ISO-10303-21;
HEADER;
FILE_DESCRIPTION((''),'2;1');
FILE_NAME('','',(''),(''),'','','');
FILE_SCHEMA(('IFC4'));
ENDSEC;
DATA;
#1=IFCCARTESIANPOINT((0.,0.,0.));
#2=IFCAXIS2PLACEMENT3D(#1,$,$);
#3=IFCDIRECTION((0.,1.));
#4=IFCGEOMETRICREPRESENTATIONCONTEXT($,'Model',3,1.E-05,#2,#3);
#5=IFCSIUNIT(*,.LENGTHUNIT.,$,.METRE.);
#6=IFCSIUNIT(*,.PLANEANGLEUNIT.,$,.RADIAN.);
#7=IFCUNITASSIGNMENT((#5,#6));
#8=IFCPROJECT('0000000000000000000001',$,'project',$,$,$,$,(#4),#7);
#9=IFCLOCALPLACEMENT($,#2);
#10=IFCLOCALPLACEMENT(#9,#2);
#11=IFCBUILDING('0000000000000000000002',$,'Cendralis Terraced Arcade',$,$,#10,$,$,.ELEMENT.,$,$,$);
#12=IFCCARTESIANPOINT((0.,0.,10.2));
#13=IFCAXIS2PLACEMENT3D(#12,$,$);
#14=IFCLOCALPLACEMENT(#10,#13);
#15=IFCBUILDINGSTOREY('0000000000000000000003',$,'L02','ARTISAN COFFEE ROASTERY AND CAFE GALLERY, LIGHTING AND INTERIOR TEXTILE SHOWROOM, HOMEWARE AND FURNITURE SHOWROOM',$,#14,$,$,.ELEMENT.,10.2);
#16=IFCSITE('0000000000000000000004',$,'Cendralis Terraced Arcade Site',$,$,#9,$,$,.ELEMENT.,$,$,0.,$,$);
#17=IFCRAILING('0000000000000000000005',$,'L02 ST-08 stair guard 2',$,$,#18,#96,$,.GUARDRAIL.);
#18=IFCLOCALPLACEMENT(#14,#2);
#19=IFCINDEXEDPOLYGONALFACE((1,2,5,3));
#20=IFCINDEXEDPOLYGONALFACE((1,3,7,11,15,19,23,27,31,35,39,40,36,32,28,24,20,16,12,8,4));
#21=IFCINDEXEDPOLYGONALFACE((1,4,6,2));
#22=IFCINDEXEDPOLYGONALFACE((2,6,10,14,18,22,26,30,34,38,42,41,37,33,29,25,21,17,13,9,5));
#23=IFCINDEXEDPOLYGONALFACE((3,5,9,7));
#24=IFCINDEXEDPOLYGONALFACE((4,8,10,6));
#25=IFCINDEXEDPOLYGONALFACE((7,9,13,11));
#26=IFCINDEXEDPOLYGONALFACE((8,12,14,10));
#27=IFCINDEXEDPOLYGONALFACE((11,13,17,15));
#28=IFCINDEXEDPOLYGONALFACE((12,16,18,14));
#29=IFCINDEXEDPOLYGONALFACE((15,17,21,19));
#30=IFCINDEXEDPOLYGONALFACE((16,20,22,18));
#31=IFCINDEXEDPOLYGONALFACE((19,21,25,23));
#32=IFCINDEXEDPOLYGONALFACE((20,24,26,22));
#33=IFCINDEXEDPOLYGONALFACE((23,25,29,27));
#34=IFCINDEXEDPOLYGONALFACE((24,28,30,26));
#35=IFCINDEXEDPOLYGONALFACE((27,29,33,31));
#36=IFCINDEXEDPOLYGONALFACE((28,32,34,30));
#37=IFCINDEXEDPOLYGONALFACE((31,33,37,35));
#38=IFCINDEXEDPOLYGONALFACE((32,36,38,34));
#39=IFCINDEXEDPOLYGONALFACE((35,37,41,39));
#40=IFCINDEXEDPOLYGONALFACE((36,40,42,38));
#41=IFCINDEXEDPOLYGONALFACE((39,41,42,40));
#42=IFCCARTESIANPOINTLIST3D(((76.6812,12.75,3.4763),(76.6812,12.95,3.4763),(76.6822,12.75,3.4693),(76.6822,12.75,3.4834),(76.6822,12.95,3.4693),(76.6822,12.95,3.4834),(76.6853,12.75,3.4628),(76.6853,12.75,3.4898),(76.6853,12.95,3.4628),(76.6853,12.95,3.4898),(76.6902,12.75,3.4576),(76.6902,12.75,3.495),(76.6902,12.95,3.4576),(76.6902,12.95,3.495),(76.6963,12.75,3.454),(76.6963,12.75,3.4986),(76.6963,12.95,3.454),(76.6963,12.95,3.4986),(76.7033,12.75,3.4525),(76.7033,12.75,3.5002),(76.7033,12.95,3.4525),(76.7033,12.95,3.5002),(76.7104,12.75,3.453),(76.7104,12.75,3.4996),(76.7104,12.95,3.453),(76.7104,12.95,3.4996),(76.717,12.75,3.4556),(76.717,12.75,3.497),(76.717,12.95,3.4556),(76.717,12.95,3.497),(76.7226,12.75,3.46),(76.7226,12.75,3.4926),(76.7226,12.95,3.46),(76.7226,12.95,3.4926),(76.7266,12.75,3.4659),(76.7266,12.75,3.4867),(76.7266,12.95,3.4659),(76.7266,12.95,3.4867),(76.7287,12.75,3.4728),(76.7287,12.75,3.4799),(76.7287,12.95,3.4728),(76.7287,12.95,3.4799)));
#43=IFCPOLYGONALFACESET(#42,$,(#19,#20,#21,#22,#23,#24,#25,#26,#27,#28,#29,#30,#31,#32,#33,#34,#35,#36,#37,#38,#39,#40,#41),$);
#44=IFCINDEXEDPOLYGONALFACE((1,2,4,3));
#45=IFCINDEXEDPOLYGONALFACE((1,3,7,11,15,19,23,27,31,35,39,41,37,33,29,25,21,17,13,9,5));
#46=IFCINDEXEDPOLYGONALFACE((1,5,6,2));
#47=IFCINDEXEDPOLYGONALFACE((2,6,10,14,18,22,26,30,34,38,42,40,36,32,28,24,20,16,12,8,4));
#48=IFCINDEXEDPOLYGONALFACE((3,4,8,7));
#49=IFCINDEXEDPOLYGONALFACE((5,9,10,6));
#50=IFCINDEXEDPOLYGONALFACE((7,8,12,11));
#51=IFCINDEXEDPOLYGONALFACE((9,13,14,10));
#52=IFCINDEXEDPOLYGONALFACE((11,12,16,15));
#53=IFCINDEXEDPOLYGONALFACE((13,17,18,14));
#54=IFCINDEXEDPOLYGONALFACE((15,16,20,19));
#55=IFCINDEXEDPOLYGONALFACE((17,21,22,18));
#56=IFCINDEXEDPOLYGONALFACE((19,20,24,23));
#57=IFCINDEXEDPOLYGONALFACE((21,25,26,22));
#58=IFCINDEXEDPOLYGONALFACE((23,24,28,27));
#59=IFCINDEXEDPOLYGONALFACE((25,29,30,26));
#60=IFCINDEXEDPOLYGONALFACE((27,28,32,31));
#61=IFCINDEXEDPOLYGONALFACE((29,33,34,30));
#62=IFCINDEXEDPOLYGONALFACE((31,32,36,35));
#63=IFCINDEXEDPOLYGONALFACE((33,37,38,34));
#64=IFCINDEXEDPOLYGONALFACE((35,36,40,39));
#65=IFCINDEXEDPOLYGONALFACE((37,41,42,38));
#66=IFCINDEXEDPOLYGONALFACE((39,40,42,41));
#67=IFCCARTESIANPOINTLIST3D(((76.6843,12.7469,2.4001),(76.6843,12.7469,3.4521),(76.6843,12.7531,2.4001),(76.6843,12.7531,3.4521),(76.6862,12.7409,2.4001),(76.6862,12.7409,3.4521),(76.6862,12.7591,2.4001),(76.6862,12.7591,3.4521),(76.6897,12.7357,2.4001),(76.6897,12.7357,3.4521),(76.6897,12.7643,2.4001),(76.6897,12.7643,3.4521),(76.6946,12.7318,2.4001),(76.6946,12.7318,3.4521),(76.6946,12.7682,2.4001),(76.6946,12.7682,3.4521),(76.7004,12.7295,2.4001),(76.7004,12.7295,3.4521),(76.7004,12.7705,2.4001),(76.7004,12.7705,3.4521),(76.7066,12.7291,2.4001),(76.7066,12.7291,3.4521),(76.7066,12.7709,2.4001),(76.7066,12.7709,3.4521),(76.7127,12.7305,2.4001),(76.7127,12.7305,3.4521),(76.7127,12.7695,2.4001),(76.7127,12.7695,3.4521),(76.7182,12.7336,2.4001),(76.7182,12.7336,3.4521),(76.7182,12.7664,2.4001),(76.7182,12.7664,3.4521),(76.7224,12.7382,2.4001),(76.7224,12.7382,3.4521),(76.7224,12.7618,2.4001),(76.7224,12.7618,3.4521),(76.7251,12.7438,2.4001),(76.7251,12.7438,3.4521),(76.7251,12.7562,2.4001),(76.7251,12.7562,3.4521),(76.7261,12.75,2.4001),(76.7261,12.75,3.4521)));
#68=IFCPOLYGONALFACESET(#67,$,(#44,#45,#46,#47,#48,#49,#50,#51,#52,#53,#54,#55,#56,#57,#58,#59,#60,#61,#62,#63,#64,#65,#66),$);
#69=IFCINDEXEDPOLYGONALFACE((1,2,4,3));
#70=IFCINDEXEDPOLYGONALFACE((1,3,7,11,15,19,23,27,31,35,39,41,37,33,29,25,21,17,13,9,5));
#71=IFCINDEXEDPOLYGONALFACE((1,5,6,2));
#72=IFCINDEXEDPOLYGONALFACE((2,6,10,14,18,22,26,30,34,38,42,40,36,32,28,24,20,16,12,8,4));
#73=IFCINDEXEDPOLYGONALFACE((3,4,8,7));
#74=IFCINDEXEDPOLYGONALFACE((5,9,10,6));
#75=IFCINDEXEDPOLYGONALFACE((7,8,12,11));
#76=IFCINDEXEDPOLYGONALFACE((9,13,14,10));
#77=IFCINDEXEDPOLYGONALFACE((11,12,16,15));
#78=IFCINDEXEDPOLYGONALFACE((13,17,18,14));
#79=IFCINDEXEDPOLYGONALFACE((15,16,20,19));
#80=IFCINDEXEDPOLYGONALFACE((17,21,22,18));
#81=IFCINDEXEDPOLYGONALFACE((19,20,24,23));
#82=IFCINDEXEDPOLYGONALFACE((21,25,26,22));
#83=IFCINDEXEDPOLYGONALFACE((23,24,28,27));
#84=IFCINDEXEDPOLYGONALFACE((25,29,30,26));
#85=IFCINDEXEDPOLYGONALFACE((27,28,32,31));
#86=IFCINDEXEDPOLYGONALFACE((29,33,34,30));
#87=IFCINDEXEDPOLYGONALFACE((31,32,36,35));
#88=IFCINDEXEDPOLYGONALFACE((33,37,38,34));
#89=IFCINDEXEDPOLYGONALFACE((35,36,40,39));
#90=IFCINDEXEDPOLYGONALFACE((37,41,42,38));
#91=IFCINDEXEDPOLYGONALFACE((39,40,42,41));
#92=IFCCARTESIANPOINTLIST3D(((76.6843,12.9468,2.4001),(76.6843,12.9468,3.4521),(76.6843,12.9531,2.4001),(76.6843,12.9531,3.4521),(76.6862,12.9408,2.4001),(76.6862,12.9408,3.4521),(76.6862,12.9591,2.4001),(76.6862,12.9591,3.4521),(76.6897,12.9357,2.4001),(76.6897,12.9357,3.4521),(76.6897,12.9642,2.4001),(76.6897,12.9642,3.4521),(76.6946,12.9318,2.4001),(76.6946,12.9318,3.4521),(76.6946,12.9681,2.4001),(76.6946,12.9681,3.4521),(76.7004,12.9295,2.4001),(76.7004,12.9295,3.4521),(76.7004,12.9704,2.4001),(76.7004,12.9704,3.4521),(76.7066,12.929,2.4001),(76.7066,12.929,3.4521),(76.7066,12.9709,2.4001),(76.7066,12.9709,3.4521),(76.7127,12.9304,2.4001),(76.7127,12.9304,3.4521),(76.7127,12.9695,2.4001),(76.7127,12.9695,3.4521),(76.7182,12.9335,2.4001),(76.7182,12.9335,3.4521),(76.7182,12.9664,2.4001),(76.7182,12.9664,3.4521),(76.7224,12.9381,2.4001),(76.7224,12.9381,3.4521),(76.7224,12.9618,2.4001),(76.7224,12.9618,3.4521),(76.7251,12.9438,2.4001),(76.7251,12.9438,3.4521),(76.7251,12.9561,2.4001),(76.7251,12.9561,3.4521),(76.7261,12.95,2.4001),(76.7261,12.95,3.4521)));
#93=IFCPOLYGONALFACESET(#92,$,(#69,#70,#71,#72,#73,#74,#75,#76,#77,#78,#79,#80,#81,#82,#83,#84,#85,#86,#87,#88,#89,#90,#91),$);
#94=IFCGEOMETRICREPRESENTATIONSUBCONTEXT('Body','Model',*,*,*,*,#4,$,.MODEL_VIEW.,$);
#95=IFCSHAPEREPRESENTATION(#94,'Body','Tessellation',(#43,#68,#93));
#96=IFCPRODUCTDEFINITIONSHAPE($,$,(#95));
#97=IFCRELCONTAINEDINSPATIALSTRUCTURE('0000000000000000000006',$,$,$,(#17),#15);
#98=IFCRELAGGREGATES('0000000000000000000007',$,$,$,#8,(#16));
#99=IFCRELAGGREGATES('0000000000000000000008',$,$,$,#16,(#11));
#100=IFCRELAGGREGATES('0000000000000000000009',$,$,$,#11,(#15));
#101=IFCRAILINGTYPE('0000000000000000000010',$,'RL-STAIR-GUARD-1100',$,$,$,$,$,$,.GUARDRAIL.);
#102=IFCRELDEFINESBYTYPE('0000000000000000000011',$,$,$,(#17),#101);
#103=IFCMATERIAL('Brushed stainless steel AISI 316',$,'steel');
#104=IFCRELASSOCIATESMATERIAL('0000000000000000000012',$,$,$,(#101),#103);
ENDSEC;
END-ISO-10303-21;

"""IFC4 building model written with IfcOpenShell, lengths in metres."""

from ifc_helpers import new_model, si_unit, direction, frame, origin, origin_2d, place, context, subcontext, project, spatial, circle, extrude, material, type_object, element, save


model = new_model("IFC4")

# Units and contexts
model_context = context("Model", 3, precision=1e-05, world=origin(), true_north=direction((0.0, 1.0)))
body_context = subcontext(model_context, "Body", "Model", "MODEL_VIEW")
ifc_project = project(units=[si_unit("LENGTHUNIT", "METRE"), si_unit("PLANEANGLEUNIT", "RADIAN")], contexts=[model_context])

# Site, building, storey
site_placement = place(None, origin())
site = spatial("IfcSite", under=ifc_project, at=site_placement, Name="Cendralis Terraced Arcade Site", CompositionType="ELEMENT", RefElevation=0.0)
building_placement = place(site_placement, origin())
building = spatial("IfcBuilding", under=site, at=building_placement, Name="Cendralis Terraced Arcade", CompositionType="ELEMENT")
storey_placement = place(building_placement, frame((0.0, 0.0, 10.2)))
storey = spatial("IfcBuildingStorey", under=building, at=storey_placement, Name="L02", Description="ARTISAN COFFEE ROASTERY AND CAFE GALLERY, LIGHTING AND INTERIOR TEXTILE SHOWROOM, HOMEWARE AND FURNITURE SHOWROOM", CompositionType="ELEMENT", Elevation=10.2)

# Railing
ifc_material_1 = material(Name="Brushed stainless steel AISI 316", Category="steel")
railing_type_1 = type_object("IfcRailingType", Name="RL-STAIR-GUARD-1100", PredefinedType="GUARDRAIL", material=ifc_material_1)
railing_1_placement = place(storey_placement, frame((76.7051, 12.75, 2.4001)))
element("IfcRailing", 1, at=railing_1_placement, inside=storey, type_object=railing_type_1, Name="L02 ST-08 stair guard 2", PredefinedType="GUARDRAIL", context=body_context, shape_type="SweptSolid", body=[
    extrude(circle(Radius=0.0239, at=origin_2d()), frame((0.0, 0.0, 1.0762), z_axis=(0.0, 1.0, 0.0), x_axis=(-1.0, 0.0, 0.0)), (0.0, 0.0, 1.0), 0.2),
    extrude(circle(Radius=0.021, at=origin_2d()), origin(), (0.0, 0.0, 1.0), 1.052),
    extrude(circle(Radius=0.021, at=origin_2d()), frame((0.0, 0.2, 0.0)), (0.0, 0.0, 1.0), 1.052),
])

save(model, "model.ifc")
